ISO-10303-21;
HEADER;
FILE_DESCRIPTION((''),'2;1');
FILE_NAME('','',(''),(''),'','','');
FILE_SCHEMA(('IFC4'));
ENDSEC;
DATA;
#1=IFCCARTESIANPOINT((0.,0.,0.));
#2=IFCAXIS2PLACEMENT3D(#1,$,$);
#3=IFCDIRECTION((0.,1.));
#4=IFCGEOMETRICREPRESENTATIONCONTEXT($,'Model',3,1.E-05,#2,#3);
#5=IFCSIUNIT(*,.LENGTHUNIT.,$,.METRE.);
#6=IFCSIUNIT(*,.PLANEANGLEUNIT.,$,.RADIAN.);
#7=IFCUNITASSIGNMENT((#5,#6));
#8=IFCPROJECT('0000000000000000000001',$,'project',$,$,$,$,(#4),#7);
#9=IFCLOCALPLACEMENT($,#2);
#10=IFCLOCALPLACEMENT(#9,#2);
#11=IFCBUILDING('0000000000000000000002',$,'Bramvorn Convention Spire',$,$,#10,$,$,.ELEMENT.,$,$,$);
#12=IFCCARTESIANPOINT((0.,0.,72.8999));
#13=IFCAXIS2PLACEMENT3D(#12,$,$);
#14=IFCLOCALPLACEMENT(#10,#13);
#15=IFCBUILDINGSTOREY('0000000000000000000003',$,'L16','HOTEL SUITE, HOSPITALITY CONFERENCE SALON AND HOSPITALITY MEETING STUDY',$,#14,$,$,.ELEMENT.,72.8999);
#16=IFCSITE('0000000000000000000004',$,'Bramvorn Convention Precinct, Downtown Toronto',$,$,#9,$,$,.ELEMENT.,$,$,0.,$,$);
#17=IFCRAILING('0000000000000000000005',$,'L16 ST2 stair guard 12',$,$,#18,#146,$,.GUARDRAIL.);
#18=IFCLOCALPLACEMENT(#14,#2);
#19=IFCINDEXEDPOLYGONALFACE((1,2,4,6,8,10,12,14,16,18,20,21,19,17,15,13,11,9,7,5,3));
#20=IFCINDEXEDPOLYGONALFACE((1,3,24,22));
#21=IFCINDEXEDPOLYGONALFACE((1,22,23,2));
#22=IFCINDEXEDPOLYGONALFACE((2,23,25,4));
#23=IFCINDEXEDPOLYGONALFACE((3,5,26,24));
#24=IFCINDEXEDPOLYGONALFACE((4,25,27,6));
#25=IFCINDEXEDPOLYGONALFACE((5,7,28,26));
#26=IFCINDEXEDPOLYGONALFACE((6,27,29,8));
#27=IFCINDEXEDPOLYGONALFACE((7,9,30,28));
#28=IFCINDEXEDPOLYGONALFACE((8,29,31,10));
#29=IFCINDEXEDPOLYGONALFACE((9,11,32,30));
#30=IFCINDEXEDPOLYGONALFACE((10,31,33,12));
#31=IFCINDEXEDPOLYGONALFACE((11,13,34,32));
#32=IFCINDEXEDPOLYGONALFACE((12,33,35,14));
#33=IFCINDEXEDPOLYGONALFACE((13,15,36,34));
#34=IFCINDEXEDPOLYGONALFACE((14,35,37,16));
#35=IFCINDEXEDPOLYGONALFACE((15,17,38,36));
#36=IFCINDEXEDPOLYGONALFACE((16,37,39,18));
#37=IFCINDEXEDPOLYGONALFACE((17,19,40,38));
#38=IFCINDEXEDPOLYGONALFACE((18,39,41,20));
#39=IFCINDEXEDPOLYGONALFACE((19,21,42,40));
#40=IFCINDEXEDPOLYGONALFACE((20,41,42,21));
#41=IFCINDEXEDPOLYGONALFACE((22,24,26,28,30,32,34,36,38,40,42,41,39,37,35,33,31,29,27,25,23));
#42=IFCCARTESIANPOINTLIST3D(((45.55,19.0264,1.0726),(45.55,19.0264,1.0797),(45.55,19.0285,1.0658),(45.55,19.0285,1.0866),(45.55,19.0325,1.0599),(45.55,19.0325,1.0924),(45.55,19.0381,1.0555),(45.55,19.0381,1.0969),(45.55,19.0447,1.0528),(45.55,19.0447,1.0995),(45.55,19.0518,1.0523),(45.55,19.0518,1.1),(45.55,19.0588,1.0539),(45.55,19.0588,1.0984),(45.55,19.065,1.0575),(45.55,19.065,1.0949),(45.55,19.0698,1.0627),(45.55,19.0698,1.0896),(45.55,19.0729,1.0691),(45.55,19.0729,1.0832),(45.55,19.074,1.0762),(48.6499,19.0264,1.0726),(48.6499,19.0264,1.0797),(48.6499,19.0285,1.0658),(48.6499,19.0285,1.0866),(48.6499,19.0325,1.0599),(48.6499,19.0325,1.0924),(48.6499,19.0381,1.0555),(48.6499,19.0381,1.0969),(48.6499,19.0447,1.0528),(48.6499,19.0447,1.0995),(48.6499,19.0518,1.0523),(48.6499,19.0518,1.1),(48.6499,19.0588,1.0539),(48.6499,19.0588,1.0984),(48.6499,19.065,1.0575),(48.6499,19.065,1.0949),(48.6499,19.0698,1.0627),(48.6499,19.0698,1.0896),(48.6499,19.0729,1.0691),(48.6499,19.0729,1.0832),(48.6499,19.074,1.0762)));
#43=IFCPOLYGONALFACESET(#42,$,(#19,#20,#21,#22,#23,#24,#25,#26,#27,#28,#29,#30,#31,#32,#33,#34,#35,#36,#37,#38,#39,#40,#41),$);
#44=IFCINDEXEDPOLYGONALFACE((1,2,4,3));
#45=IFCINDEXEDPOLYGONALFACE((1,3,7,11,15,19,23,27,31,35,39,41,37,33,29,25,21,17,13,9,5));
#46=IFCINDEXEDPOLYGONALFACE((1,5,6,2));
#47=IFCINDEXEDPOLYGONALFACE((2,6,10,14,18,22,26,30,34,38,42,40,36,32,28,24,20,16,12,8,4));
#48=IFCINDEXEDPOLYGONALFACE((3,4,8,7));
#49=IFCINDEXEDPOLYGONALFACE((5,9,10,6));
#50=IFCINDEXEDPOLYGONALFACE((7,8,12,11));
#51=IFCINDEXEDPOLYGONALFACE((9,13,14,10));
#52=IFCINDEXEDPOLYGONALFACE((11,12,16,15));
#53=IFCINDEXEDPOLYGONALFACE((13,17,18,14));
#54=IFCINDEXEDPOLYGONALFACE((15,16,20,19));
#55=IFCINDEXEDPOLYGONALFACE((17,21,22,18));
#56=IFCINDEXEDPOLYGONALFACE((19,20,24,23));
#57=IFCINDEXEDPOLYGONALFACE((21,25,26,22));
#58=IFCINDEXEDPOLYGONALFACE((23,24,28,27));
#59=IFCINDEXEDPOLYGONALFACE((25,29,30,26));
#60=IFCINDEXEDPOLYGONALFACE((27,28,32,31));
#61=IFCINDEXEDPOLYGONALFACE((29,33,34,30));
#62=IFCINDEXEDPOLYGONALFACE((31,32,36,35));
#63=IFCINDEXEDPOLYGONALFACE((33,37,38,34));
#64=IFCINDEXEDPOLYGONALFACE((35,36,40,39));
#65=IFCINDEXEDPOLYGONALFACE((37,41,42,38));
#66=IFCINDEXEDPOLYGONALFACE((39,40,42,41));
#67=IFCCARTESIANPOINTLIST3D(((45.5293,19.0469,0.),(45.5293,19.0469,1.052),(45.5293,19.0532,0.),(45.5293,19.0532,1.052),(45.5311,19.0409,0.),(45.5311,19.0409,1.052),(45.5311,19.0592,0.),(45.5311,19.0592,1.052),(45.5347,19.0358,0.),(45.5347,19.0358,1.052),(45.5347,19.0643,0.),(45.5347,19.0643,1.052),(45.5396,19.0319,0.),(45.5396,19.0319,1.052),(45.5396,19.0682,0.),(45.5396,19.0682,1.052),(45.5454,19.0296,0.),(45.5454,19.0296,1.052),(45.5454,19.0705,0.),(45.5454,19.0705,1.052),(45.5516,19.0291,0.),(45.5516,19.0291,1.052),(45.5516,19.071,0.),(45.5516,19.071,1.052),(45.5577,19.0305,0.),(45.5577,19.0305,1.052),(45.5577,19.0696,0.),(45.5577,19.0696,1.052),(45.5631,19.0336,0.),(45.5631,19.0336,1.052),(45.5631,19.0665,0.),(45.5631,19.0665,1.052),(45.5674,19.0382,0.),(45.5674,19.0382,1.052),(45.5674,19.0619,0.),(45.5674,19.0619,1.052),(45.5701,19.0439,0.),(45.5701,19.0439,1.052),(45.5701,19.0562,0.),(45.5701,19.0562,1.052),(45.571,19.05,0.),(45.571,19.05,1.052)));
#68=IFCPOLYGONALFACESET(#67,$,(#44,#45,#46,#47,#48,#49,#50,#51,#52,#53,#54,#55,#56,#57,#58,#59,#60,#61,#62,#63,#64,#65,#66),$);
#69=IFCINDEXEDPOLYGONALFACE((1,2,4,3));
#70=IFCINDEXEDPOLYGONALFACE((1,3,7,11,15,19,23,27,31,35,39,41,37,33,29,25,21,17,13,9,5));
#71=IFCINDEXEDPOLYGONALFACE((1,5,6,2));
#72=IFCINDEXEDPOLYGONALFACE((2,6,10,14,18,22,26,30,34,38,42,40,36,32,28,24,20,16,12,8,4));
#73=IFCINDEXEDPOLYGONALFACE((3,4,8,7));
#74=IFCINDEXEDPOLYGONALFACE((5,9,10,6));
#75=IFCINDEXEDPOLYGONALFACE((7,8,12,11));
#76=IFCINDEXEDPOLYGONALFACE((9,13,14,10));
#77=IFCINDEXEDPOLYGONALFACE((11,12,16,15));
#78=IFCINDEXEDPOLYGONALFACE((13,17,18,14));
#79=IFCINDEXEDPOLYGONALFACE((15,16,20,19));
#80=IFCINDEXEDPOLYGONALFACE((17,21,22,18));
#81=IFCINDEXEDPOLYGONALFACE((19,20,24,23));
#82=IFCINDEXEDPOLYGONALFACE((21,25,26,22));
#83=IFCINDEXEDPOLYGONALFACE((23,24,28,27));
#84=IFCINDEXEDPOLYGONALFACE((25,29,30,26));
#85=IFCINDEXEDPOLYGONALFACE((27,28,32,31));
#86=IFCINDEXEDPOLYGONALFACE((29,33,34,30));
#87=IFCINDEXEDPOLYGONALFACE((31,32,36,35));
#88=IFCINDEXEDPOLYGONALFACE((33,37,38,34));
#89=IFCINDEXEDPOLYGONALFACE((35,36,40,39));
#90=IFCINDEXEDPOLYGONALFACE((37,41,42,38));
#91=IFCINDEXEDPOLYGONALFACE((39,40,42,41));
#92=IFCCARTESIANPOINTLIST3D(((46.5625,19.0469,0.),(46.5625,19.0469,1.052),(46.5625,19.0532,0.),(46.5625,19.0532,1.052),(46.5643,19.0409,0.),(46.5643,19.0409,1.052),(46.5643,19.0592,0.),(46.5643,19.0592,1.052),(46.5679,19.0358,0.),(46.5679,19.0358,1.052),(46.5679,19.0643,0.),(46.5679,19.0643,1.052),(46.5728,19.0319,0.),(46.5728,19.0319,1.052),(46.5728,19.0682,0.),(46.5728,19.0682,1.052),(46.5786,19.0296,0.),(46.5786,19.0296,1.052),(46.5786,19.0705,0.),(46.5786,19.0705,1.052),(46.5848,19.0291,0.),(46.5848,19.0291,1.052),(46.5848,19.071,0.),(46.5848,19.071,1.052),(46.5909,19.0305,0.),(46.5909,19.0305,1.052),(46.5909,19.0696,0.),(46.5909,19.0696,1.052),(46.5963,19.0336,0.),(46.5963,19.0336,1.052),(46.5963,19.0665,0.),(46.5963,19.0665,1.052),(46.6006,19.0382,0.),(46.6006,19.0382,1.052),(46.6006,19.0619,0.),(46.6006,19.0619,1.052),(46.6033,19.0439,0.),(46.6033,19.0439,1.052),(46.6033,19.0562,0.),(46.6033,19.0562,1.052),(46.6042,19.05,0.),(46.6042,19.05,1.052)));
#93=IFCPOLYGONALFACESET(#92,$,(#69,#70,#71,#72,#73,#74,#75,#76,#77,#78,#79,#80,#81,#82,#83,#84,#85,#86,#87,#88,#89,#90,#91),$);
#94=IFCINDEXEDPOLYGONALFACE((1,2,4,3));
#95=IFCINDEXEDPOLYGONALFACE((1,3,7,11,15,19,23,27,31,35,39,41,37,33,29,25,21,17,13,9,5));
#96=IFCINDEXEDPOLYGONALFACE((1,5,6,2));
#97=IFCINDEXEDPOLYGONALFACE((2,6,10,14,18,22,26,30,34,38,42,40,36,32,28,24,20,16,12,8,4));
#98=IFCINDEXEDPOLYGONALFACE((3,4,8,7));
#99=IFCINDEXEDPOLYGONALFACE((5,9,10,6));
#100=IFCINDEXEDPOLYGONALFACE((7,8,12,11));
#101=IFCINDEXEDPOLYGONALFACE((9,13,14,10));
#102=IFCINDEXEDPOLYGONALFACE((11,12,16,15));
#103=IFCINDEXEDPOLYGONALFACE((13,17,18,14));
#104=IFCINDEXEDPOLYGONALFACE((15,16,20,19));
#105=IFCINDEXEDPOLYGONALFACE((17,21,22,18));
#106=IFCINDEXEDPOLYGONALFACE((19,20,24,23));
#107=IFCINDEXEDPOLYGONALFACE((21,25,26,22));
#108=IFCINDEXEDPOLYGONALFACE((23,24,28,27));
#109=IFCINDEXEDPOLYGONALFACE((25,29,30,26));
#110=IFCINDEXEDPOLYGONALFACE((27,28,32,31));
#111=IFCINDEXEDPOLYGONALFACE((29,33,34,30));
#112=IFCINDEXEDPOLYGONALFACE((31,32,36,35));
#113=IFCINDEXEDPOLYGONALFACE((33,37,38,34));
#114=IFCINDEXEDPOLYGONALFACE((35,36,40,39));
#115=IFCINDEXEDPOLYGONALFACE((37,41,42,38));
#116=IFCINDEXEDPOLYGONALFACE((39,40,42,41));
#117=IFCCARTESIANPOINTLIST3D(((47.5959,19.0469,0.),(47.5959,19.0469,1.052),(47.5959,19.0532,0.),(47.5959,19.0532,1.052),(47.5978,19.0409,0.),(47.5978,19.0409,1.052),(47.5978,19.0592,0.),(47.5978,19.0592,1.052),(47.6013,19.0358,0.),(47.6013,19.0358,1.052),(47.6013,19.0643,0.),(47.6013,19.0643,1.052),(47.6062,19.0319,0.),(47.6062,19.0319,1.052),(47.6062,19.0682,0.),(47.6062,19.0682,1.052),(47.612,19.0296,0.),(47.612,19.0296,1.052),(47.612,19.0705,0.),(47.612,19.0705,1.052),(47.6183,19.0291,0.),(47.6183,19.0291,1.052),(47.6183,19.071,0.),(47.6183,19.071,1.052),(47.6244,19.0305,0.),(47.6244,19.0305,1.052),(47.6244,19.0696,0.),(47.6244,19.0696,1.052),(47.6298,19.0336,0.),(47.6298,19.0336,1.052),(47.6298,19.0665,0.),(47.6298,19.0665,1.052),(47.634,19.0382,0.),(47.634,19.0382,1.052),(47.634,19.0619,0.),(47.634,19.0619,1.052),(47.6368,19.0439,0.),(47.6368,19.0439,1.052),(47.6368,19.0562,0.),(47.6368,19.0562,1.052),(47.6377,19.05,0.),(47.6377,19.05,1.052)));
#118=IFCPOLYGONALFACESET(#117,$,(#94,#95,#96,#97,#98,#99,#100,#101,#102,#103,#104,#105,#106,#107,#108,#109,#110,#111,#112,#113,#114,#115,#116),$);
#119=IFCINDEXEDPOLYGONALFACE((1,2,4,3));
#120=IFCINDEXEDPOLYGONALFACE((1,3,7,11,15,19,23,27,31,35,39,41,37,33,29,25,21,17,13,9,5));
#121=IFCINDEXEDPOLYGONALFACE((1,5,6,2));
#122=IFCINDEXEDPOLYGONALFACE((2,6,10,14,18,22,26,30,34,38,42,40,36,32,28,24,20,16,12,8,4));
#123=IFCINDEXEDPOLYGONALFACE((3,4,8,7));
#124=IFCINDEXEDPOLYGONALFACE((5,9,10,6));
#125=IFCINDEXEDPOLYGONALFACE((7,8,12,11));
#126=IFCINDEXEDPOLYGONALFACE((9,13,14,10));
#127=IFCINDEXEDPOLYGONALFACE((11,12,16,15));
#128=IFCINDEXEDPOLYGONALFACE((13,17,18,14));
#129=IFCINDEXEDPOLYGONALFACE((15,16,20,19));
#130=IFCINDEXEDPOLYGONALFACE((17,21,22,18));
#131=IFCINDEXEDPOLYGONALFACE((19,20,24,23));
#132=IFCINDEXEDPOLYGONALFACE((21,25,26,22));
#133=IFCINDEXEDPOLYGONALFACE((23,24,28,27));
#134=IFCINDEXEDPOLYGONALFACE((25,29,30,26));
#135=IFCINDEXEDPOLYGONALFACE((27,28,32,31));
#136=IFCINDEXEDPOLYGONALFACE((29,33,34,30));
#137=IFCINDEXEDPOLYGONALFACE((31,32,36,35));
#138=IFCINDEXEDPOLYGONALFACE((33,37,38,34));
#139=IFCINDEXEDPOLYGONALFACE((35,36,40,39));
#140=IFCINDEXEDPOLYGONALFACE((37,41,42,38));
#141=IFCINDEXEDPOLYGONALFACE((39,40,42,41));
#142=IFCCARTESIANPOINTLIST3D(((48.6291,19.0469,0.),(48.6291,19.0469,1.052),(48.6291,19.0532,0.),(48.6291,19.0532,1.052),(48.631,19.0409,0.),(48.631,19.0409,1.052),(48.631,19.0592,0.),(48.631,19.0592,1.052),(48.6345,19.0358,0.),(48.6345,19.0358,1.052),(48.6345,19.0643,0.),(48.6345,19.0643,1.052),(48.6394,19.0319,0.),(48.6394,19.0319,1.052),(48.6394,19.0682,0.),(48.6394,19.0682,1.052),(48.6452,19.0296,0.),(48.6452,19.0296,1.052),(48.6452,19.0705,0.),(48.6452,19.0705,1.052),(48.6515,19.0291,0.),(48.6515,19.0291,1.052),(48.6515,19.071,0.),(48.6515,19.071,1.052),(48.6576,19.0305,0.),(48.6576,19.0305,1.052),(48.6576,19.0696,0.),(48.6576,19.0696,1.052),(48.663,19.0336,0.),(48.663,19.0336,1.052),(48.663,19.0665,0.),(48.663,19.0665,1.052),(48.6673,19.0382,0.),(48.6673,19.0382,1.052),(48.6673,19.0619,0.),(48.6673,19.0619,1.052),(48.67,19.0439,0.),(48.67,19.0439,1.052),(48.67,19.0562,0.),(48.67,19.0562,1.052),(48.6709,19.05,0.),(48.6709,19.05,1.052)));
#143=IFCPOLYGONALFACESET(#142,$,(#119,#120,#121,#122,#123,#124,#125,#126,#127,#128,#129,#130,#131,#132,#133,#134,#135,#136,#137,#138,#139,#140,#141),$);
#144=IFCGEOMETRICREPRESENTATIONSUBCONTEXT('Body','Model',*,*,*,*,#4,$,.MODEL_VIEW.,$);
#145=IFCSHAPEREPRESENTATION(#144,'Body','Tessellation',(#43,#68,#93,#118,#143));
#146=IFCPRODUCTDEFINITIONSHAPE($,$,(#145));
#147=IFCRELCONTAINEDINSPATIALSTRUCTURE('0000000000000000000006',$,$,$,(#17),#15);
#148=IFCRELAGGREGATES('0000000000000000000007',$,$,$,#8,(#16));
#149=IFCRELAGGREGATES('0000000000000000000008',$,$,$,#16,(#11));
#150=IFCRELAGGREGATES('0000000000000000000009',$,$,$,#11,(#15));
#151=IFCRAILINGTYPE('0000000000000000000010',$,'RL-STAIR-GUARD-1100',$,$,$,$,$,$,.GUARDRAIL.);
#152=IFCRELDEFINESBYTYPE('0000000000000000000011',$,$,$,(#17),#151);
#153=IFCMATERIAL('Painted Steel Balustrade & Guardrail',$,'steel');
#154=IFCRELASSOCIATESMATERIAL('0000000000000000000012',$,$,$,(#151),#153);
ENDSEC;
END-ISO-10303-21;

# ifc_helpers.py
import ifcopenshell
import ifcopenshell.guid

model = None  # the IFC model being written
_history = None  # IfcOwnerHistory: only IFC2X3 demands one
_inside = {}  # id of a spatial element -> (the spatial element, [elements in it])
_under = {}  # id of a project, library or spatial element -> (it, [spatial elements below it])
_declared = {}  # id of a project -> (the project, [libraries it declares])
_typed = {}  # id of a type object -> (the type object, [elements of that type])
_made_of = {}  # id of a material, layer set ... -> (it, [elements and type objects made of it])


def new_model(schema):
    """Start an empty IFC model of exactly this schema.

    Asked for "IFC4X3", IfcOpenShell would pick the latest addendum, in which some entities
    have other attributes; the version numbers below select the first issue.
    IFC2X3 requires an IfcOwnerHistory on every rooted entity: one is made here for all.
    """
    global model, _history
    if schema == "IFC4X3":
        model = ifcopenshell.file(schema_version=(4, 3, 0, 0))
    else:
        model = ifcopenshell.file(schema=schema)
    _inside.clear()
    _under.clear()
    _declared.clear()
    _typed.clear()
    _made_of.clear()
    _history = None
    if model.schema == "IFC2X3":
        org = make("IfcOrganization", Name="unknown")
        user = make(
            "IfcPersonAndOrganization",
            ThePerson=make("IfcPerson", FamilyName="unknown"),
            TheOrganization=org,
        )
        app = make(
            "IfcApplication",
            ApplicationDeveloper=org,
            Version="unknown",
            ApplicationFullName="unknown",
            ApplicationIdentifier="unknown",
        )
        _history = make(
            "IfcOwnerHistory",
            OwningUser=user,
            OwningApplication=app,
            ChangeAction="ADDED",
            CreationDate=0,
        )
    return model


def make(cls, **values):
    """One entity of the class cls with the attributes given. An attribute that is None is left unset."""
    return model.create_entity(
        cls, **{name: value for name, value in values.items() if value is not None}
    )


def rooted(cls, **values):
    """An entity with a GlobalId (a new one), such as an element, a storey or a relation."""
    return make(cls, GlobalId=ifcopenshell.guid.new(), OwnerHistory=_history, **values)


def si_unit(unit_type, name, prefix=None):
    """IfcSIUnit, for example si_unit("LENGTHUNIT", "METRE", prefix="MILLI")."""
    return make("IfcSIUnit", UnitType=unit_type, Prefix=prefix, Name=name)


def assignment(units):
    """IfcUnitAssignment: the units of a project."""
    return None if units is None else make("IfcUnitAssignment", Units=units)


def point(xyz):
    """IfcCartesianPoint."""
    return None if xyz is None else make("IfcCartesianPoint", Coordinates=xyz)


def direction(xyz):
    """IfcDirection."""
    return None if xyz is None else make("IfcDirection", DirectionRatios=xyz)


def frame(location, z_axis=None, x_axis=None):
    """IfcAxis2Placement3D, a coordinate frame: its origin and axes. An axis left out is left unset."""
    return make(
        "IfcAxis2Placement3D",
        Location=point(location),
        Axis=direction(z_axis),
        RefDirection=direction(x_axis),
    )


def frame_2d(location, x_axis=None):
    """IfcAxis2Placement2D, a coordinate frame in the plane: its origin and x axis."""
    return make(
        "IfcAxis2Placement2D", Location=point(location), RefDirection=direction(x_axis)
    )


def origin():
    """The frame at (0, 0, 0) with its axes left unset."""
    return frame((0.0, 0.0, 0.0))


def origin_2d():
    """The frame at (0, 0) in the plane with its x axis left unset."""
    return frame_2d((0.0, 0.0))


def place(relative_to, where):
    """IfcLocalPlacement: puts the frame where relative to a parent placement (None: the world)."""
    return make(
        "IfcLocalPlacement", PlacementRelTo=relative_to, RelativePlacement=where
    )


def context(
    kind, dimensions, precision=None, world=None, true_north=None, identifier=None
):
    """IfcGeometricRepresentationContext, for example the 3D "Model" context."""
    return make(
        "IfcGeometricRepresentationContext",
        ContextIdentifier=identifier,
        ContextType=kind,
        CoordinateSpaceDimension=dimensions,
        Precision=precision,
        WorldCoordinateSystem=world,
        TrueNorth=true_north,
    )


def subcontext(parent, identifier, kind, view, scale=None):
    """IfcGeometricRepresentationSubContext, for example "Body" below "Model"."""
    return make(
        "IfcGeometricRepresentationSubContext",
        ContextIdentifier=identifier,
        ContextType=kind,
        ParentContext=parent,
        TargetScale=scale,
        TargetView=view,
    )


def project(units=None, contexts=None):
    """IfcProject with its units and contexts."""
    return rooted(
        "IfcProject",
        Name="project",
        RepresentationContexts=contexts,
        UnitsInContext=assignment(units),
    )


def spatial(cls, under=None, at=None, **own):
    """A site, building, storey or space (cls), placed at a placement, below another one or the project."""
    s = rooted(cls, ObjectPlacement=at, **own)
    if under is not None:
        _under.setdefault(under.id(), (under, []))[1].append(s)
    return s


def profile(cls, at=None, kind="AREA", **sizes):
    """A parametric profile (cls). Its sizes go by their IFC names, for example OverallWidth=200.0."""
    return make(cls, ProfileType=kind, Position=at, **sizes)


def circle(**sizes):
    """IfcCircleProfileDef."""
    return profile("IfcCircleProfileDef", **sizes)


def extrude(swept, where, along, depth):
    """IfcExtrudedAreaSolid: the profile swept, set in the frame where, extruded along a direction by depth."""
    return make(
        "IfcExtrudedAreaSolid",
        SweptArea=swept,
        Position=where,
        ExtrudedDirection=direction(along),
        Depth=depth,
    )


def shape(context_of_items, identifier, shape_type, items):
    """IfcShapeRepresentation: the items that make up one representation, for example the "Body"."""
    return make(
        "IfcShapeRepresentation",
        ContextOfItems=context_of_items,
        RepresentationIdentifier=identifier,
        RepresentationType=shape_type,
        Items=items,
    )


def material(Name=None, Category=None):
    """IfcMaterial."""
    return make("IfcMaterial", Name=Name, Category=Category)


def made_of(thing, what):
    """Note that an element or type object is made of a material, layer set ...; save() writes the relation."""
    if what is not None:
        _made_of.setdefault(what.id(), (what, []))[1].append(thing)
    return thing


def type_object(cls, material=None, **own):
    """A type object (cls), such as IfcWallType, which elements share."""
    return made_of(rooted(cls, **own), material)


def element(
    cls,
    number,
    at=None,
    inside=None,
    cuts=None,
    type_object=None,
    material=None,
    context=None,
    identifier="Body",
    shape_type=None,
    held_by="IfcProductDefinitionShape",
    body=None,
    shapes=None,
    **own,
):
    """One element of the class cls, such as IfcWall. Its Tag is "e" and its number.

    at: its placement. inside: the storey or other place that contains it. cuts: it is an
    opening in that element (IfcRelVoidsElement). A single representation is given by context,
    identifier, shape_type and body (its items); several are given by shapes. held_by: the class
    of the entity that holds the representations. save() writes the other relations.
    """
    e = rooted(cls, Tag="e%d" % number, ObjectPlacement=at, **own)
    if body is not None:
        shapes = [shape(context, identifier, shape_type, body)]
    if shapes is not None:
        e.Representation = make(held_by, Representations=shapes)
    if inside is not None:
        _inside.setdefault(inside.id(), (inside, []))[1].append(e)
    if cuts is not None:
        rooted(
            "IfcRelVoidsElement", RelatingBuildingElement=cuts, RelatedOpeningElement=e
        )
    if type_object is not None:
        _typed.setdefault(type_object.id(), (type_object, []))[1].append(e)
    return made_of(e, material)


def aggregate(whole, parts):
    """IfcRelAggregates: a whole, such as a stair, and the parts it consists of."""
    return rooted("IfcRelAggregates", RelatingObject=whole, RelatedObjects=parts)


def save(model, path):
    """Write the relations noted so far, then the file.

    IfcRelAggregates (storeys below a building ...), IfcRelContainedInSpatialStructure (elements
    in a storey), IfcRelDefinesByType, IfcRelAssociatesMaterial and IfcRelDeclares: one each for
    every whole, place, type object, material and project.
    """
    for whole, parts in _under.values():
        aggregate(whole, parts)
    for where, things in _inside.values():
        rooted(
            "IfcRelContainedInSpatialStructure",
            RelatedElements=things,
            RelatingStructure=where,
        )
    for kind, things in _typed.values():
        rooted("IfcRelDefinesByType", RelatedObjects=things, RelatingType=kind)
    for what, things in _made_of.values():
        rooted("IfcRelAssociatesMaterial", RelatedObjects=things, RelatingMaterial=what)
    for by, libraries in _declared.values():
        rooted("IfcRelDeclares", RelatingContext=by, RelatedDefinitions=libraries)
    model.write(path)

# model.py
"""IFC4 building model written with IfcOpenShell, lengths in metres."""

from ifc_helpers import new_model, si_unit, direction, frame, origin, origin_2d, place, context, subcontext, project, spatial, circle, extrude, material, type_object, element, save


model = new_model("IFC4")

# Units and contexts
model_context = context("Model", 3, precision=1e-05, world=origin(), true_north=direction((0.0, 1.0)))
body_context = subcontext(model_context, "Body", "Model", "MODEL_VIEW")
ifc_project = project(units=[si_unit("LENGTHUNIT", "METRE"), si_unit("PLANEANGLEUNIT", "RADIAN")], contexts=[model_context])

# Site, building, storey
site_placement = place(None, origin())
site = spatial("IfcSite", under=ifc_project, at=site_placement, Name="Bramvorn Convention Precinct, Downtown Toronto", CompositionType="ELEMENT", RefElevation=0.0)
building_placement = place(site_placement, origin())
building = spatial("IfcBuilding", under=site, at=building_placement, Name="Bramvorn Convention Spire", CompositionType="ELEMENT")
storey_placement = place(building_placement, frame((0.0, 0.0, 72.8999)))
storey = spatial("IfcBuildingStorey", under=building, at=storey_placement, Name="L16", Description="HOTEL SUITE, HOSPITALITY CONFERENCE SALON AND HOSPITALITY MEETING STUDY", CompositionType="ELEMENT", Elevation=72.8999)

# Railing
ifc_material_1 = material(Name="Painted Steel Balustrade & Guardrail", Category="steel")
railing_type_1 = type_object("IfcRailingType", Name="RL-STAIR-GUARD-1100", PredefinedType="GUARDRAIL", material=ifc_material_1)
railing_1_placement = place(storey_placement, frame((45.55, 19.05, 0.0)))
element("IfcRailing", 1, at=railing_1_placement, inside=storey, type_object=railing_type_1, Name="L16 ST2 stair guard 12", PredefinedType="GUARDRAIL", context=body_context, shape_type="SweptSolid", body=[
    extrude(circle(Radius=0.0239, at=origin_2d()), frame((0.0, 0.0, 1.0762), z_axis=(1.0, 0.0, 0.0), x_axis=(0.0, 1.0, 0.0)), (0.0, 0.0, 1.0), 3.0999),
    extrude(circle(Radius=0.021, at=origin_2d()), origin(), (0.0, 0.0, 1.0), 1.052),
    extrude(circle(Radius=0.021, at=origin_2d()), frame((1.0332, 0.0, 0.0)), (0.0, 0.0, 1.0), 1.052),
    extrude(circle(Radius=0.021, at=origin_2d()), frame((2.0667, 0.0, 0.0)), (0.0, 0.0, 1.0), 1.052),
    extrude(circle(Radius=0.021, at=origin_2d()), frame((3.0999, 0.0, 0.0)), (0.0, 0.0, 1.0), 1.052),
])

save(model, "model.ifc")
